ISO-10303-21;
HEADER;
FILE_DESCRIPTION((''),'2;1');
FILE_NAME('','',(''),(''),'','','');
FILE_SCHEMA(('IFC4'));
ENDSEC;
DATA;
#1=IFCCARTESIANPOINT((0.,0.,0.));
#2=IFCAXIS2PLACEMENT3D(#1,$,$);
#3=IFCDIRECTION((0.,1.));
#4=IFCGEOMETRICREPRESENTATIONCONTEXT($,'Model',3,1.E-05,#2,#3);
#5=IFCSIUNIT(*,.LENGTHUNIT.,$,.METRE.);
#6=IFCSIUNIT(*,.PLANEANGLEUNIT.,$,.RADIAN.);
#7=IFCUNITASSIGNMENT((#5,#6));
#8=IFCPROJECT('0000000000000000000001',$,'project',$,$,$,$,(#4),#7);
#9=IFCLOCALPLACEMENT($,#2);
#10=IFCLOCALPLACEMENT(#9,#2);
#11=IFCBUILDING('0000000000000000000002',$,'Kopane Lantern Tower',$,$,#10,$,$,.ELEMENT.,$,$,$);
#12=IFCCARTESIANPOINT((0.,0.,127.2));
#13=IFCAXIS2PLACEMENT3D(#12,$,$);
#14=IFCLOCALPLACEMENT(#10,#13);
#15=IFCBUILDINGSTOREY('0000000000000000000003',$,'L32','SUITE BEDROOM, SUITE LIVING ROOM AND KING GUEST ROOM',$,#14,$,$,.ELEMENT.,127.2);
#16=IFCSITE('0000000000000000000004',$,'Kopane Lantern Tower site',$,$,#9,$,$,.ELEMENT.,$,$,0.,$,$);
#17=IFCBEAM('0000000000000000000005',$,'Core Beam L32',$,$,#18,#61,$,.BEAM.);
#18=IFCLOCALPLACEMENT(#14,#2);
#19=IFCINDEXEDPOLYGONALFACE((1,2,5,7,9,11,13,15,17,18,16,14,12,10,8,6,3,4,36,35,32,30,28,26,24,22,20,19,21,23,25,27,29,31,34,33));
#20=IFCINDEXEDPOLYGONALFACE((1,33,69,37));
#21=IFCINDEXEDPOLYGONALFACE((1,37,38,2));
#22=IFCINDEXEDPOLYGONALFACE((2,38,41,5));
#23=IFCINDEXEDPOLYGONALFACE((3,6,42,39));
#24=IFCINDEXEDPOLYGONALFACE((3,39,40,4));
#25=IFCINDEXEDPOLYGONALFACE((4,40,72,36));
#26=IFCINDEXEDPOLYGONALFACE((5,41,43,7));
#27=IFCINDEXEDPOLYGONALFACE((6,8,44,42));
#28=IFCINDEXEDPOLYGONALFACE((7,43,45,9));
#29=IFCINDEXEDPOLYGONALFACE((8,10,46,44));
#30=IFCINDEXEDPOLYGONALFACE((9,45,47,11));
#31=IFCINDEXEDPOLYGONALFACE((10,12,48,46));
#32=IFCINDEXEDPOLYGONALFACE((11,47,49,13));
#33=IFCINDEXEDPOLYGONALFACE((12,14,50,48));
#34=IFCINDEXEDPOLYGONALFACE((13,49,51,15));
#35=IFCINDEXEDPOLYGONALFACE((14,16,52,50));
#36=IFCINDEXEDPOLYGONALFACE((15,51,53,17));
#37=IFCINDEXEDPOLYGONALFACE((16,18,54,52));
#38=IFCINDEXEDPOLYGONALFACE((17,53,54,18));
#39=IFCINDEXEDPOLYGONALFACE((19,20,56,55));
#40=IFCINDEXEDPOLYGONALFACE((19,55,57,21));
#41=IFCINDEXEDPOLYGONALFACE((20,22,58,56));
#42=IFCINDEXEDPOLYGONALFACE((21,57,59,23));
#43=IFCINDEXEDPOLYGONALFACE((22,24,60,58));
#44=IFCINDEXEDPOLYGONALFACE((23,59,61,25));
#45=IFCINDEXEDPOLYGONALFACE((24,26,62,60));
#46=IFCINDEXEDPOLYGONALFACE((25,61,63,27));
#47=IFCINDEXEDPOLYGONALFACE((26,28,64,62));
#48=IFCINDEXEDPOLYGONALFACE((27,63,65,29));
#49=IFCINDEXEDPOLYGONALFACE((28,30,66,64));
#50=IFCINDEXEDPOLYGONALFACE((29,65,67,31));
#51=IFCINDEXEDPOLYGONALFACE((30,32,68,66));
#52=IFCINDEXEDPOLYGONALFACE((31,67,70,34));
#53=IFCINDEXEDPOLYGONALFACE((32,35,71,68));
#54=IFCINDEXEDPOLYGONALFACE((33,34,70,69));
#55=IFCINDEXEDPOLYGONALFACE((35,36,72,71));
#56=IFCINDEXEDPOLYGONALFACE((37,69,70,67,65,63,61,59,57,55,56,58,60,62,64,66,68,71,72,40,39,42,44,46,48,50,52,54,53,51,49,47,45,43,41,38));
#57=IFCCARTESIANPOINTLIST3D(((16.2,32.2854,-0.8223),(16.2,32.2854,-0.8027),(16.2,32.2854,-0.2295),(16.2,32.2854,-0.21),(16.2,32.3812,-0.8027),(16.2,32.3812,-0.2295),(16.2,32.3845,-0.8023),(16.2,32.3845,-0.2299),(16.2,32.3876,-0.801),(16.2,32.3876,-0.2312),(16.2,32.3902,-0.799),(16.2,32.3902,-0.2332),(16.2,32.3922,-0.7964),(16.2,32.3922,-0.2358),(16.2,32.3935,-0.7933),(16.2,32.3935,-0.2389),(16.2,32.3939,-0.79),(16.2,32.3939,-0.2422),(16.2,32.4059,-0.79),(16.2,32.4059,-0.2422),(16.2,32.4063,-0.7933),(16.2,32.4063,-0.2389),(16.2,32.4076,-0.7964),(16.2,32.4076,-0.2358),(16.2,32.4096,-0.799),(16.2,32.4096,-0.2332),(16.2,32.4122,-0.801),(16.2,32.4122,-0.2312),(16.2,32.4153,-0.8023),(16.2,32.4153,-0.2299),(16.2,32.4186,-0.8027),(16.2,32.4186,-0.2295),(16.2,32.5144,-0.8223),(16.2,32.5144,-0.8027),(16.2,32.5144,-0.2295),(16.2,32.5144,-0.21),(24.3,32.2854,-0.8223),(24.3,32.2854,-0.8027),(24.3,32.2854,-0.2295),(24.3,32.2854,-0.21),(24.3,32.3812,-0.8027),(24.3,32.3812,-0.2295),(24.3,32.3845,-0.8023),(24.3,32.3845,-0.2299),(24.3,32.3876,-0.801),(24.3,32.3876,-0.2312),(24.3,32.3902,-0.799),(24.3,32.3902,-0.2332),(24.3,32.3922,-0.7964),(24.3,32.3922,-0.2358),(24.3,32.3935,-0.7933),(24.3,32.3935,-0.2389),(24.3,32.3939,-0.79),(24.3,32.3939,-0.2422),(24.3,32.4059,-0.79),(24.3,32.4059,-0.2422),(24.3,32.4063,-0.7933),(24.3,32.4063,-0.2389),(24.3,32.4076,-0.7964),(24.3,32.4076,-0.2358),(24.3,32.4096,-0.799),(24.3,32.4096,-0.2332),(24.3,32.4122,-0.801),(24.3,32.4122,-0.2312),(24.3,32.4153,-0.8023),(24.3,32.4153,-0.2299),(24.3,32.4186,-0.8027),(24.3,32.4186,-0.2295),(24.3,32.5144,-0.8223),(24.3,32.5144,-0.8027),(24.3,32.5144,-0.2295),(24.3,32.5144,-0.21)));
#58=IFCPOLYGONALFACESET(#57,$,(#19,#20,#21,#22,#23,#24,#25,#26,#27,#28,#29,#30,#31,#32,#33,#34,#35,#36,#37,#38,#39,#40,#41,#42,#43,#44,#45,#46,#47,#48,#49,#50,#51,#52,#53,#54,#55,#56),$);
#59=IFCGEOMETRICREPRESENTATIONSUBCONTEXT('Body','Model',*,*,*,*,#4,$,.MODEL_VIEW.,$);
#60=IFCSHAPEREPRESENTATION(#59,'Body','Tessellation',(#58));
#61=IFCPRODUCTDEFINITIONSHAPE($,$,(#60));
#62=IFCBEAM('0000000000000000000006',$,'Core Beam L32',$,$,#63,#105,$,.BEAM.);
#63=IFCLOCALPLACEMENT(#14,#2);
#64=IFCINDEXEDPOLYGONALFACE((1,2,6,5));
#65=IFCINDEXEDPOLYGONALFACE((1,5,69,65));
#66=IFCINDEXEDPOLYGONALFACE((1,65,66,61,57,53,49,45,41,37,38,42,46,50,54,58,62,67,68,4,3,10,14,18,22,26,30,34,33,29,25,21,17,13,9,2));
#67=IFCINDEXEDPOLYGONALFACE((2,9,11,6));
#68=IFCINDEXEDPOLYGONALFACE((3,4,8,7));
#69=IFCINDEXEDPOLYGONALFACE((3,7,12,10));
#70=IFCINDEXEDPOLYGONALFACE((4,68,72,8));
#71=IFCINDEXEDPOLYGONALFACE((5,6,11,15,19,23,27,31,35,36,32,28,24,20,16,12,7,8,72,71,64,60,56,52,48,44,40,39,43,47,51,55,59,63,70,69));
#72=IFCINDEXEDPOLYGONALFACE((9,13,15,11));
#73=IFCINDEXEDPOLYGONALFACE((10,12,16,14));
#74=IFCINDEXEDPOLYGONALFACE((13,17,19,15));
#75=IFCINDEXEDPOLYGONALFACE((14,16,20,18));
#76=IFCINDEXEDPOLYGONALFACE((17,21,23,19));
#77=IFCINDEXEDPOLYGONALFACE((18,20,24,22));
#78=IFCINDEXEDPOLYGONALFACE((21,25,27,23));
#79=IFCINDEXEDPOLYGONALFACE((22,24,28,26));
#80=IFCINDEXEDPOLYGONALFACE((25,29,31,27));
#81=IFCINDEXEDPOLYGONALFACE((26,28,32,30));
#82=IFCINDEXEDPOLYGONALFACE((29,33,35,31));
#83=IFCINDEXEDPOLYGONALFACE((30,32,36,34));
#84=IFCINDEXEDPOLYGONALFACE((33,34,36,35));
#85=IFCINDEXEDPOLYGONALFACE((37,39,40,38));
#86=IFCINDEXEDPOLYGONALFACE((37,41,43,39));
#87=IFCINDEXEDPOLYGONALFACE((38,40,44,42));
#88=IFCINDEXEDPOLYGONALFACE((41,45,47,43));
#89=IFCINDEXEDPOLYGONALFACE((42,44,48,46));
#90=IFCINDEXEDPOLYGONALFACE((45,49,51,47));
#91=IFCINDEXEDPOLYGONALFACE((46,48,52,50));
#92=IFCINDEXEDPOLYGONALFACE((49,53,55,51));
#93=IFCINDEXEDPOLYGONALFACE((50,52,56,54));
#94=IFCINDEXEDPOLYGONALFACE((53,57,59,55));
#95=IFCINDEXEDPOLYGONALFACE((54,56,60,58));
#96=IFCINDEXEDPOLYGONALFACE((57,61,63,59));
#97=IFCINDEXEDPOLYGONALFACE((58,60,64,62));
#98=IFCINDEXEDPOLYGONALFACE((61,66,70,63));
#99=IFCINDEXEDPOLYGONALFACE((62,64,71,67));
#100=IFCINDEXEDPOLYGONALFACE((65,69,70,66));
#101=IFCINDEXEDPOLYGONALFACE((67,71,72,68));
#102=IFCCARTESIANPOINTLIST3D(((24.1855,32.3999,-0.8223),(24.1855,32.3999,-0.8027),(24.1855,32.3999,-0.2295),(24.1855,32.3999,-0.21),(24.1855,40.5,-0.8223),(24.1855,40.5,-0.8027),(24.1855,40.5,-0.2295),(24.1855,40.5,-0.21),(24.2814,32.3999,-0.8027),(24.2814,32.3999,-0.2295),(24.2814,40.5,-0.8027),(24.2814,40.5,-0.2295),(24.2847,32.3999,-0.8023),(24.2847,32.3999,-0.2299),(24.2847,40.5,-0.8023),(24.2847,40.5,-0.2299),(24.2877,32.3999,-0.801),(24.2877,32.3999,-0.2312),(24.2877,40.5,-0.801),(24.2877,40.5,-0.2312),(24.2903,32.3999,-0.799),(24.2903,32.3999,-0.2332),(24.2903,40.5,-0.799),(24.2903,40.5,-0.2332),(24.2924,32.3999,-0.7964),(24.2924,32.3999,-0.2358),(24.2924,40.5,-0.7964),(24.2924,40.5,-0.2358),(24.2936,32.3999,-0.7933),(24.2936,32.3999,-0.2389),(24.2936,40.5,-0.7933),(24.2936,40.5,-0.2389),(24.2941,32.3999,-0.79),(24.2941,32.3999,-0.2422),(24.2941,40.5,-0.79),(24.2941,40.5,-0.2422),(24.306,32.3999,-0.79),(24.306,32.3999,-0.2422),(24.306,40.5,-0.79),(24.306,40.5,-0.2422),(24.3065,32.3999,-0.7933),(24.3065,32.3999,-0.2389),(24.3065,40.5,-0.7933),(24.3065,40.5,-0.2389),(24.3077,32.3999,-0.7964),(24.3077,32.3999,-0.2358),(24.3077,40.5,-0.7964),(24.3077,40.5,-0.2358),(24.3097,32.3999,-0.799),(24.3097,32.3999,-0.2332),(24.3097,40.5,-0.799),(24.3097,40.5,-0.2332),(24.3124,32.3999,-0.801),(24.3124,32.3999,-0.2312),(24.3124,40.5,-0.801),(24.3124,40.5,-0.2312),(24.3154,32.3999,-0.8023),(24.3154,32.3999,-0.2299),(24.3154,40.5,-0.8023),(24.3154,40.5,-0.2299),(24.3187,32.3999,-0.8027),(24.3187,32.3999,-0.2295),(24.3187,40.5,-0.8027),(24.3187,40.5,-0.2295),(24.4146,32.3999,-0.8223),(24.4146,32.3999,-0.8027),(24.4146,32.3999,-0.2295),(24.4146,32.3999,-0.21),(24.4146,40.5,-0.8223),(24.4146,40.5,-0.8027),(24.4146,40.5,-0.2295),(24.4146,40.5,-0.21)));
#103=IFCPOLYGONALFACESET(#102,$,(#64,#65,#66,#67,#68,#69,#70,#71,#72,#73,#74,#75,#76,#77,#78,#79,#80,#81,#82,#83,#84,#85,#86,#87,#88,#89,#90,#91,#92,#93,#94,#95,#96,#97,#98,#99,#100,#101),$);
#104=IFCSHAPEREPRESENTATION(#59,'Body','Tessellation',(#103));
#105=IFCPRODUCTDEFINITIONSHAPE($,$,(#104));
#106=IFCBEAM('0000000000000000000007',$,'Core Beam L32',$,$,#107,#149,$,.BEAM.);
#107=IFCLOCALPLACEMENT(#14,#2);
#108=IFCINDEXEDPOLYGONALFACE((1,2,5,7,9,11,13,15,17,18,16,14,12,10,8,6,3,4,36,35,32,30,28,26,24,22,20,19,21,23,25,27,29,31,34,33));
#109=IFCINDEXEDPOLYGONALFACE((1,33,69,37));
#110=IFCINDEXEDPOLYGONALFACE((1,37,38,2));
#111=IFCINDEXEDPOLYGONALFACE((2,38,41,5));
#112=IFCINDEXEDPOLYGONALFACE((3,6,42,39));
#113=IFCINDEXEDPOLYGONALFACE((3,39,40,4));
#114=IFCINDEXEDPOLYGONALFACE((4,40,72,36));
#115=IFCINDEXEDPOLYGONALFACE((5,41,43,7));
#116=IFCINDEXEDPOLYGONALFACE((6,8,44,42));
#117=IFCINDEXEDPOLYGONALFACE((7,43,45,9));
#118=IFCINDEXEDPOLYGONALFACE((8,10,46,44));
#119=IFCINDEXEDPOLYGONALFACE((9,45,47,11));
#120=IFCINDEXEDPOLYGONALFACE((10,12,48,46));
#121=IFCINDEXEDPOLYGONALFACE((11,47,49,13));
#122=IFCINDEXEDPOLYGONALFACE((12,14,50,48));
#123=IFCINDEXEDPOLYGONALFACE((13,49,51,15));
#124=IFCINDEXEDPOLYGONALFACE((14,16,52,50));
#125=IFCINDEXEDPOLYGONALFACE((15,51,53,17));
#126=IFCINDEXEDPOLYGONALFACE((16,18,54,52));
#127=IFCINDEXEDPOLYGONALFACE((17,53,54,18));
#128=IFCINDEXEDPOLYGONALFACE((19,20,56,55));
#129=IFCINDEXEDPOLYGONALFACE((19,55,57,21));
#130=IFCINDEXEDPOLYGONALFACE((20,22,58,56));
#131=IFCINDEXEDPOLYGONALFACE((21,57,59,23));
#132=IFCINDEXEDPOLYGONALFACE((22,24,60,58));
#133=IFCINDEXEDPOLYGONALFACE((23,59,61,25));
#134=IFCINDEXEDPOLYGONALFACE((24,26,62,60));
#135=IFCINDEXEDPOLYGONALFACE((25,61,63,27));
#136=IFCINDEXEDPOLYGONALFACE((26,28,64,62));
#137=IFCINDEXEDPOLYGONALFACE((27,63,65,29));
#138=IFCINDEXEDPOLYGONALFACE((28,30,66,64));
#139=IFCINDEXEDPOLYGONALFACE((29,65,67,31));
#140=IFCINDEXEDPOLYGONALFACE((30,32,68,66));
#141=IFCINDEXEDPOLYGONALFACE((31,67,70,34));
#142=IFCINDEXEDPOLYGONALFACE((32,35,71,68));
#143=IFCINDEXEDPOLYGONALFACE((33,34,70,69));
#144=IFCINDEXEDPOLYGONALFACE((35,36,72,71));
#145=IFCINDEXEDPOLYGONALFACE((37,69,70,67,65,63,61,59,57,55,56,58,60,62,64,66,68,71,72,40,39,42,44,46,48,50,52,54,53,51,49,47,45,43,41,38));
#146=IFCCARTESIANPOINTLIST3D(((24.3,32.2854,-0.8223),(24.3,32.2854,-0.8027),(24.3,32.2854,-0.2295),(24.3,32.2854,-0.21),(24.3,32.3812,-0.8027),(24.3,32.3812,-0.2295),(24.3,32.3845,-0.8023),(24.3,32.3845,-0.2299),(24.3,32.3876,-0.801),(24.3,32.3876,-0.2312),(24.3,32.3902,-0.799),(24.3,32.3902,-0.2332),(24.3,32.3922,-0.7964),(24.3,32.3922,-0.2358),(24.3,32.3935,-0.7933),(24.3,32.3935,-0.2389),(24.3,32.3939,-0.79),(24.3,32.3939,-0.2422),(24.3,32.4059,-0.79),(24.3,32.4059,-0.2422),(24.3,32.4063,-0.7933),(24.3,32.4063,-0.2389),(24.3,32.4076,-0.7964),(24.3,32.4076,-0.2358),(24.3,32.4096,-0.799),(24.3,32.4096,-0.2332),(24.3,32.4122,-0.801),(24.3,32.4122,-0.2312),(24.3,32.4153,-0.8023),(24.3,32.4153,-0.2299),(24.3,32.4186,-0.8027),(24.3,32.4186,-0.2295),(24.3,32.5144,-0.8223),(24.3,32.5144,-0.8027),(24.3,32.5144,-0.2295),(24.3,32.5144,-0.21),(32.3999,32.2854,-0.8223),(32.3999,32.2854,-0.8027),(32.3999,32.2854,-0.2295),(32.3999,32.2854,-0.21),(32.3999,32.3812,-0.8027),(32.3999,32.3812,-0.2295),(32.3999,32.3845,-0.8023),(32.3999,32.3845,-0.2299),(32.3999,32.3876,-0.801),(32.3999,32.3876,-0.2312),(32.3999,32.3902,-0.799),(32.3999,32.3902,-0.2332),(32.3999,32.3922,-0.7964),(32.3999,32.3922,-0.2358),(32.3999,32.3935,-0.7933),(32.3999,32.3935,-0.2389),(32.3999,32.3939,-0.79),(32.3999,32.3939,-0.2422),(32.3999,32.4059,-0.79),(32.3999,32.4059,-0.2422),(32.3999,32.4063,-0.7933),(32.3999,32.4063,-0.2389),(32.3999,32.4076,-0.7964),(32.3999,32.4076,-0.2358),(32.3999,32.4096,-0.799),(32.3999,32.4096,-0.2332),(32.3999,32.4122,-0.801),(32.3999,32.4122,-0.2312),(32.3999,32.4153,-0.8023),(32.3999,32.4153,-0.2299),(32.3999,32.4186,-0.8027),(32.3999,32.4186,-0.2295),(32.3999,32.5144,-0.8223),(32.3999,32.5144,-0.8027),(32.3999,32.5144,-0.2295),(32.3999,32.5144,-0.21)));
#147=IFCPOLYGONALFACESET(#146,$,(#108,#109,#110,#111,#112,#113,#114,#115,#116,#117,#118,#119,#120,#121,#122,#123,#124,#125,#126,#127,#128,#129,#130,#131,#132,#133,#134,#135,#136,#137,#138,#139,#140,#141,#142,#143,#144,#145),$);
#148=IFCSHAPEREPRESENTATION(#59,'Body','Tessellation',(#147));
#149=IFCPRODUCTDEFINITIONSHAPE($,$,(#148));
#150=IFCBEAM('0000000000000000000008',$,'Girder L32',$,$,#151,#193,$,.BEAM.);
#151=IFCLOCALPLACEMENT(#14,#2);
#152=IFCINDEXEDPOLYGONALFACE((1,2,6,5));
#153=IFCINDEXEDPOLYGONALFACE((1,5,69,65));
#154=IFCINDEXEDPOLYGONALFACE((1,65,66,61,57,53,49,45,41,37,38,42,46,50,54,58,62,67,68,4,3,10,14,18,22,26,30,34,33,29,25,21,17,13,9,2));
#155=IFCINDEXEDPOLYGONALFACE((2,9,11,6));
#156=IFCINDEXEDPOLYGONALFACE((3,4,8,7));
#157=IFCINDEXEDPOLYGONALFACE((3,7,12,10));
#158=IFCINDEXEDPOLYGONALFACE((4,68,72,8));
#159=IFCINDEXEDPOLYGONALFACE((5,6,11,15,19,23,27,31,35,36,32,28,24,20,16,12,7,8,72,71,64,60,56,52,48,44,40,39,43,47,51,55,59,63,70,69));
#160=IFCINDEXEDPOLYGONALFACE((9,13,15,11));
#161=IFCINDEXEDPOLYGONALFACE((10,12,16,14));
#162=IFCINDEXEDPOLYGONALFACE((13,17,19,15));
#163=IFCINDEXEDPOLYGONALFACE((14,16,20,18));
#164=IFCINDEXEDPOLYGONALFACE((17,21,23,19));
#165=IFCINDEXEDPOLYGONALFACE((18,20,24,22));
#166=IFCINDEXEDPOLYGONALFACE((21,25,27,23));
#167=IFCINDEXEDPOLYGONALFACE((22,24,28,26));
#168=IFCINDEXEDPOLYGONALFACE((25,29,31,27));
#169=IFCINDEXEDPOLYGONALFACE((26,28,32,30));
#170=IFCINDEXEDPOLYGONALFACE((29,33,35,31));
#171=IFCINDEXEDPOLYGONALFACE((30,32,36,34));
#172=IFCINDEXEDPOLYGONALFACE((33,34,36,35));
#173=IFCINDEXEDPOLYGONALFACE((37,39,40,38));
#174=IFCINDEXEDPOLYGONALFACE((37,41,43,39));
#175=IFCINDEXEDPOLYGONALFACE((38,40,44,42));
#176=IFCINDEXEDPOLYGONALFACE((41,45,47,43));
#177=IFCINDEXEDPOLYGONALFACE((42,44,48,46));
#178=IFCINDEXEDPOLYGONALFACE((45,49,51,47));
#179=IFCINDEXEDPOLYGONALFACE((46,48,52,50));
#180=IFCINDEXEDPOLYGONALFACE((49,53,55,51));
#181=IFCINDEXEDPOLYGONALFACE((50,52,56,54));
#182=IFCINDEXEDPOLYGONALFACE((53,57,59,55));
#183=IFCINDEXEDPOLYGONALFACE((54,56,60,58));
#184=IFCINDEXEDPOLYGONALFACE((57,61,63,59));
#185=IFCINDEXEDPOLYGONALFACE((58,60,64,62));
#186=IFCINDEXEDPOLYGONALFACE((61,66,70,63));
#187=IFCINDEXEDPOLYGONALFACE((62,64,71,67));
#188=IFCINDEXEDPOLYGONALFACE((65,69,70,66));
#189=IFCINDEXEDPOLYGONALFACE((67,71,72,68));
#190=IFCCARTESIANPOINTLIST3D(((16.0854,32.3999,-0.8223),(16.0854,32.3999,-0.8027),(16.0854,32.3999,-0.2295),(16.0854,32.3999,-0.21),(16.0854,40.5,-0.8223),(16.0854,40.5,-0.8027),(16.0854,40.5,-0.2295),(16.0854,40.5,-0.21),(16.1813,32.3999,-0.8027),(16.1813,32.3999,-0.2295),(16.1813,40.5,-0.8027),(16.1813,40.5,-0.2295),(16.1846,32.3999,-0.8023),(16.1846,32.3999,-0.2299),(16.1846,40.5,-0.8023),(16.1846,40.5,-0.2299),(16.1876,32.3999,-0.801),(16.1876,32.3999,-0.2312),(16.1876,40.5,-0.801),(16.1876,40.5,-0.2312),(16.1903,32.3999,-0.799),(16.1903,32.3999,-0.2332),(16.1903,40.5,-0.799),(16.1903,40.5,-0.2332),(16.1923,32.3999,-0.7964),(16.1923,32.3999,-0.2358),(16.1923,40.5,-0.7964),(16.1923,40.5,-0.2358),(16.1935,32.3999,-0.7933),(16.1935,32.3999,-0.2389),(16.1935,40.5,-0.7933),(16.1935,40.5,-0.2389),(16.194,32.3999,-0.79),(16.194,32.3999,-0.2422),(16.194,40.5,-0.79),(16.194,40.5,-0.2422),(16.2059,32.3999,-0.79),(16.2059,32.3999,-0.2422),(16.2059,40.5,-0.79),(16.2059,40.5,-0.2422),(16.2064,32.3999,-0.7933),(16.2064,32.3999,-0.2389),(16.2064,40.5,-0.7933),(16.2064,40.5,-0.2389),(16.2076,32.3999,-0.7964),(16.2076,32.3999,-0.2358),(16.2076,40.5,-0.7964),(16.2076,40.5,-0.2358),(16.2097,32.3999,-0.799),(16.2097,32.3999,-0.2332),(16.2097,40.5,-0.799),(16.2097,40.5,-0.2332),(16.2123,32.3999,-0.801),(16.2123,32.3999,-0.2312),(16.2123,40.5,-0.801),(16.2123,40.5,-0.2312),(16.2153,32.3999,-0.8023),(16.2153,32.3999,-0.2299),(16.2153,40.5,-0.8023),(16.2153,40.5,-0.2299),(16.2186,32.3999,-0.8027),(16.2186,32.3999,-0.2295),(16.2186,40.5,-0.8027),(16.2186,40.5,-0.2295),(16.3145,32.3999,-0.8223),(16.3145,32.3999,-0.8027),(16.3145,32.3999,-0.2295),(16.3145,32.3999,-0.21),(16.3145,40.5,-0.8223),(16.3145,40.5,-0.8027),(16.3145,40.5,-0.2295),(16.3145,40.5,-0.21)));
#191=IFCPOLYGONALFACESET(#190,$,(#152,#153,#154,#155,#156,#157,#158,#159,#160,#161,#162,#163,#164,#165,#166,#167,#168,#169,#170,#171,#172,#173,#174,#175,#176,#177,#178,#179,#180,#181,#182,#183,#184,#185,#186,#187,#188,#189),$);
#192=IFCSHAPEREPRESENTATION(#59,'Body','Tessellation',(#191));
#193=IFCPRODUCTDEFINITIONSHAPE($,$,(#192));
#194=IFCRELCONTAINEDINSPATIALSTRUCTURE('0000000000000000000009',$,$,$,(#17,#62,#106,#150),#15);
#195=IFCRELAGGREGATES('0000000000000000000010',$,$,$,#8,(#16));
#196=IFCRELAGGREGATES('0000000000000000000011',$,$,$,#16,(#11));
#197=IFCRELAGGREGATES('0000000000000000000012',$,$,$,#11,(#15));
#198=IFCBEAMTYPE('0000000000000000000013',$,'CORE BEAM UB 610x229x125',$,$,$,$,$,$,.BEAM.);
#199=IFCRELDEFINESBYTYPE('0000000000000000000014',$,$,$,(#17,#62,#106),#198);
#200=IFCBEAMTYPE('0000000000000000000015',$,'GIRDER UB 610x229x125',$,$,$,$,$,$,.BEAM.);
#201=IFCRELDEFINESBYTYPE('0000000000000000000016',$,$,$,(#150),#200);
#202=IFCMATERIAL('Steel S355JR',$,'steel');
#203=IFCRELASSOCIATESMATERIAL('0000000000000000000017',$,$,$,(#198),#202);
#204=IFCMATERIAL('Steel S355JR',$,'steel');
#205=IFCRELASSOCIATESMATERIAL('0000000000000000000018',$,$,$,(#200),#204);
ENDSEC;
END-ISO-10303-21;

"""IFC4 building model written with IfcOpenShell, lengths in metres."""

from ifc_helpers import new_model, si_unit, direction, frame, origin, origin_2d, place, context, subcontext, project, spatial, i_section, extrude, material, material_profile, profile_set, type_object, element, save


model = new_model("IFC4")

# Units and contexts
model_context = context("Model", 3, precision=1e-05, world=origin(), true_north=direction((0.0, 1.0)))
body_context = subcontext(model_context, "Body", "Model", "MODEL_VIEW")
ifc_project = project(units=[si_unit("LENGTHUNIT", "METRE"), si_unit("PLANEANGLEUNIT", "RADIAN")], contexts=[model_context])

# Site, building, storey
site_placement = place(None, origin())
site = spatial("IfcSite", under=ifc_project, at=site_placement, Name="Kopane Lantern Tower site", CompositionType="ELEMENT", RefElevation=0.0)
building_placement = place(site_placement, origin())
building = spatial("IfcBuilding", under=site, at=building_placement, Name="Kopane Lantern Tower", CompositionType="ELEMENT")
storey_placement = place(building_placement, frame((0.0, 0.0, 127.2)))
storey = spatial("IfcBuildingStorey", under=building, at=storey_placement, Name="L32", Description="SUITE BEDROOM, SUITE LIVING ROOM AND KING GUEST ROOM", CompositionType="ELEMENT", Elevation=127.2)

# Beams
ifc_material_1 = material(Name="Steel S355JR", Category="steel")
ifc_material_profile_1 = material_profile(ifc_material_1, i_section(OverallWidth=0.229, OverallDepth=0.6123, WebThickness=0.012, FlangeThickness=0.0195, FilletRadius=0.0127, at=origin_2d()), Name="UB 610x229x125")
ifc_profile_set_1 = profile_set([ifc_material_profile_1], Name="Steel S355JR")
beam_type_1 = type_object("IfcBeamType", Name="CORE BEAM UB 610x229x125", PredefinedType="BEAM", material=ifc_profile_set_1)
for number, where, z_axis, x_axis, name in (
    (1, (16.2, 32.3999, -0.5161), (1.0, 0.0, 0.0), (0.0, 1.0, 0.0), "Core Beam L32"),
    (2, (24.3, 32.3999, -0.5161), (0.0, 1.0, 0.0), (-1.0, 0.0, 0.0), "Core Beam L32"),
):
    element("IfcBeam", number, at=place(storey_placement, frame(where, z_axis=z_axis, x_axis=x_axis)), inside=storey, type_object=beam_type_1, Name=name, PredefinedType="BEAM", context=body_context, shape_type="SweptSolid", body=[
        extrude(i_section(OverallWidth=0.229, OverallDepth=0.6123, WebThickness=0.012, FlangeThickness=0.0195, FilletRadius=0.0127, at=origin_2d()), origin(), (0.0, 0.0, 1.0), 8.1001),
    ])
beam_1_placement = place(storey_placement, frame((24.3, 32.3999, -0.5161), z_axis=(1.0, 0.0, 0.0), x_axis=(0.0, 1.0, 0.0)))
element("IfcBeam", 3, at=beam_1_placement, inside=storey, type_object=beam_type_1, Name="Core Beam L32", PredefinedType="BEAM", context=body_context, shape_type="SweptSolid", body=[
    extrude(i_section(OverallWidth=0.229, OverallDepth=0.6123, WebThickness=0.012, FlangeThickness=0.0195, FilletRadius=0.0127, at=origin_2d()), origin(), (0.0, 0.0, 1.0), 8.0999),
])
ifc_material_2 = material(Name="Steel S355JR", Category="steel")
ifc_material_profile_2 = material_profile(ifc_material_2, i_section(OverallWidth=0.229, OverallDepth=0.6123, WebThickness=0.012, FlangeThickness=0.0195, FilletRadius=0.0127, at=origin_2d()), Name="UB 610x229x125")
ifc_profile_set_2 = profile_set([ifc_material_profile_2], Name="Steel S355JR")
beam_type_2 = type_object("IfcBeamType", Name="GIRDER UB 610x229x125", PredefinedType="BEAM", material=ifc_profile_set_2)
beam_2_placement = place(storey_placement, frame((16.2, 32.3999, -0.5161), z_axis=(0.0, 1.0, 0.0), x_axis=(-1.0, 0.0, 0.0)))
element("IfcBeam", 4, at=beam_2_placement, inside=storey, type_object=beam_type_2, Name="Girder L32", PredefinedType="BEAM", context=body_context, shape_type="SweptSolid", body=[
    extrude(i_section(OverallWidth=0.229, OverallDepth=0.6123, WebThickness=0.012, FlangeThickness=0.0195, FilletRadius=0.0127, at=origin_2d()), origin(), (0.0, 0.0, 1.0), 8.1001),
])

save(model, "model.ifc")
